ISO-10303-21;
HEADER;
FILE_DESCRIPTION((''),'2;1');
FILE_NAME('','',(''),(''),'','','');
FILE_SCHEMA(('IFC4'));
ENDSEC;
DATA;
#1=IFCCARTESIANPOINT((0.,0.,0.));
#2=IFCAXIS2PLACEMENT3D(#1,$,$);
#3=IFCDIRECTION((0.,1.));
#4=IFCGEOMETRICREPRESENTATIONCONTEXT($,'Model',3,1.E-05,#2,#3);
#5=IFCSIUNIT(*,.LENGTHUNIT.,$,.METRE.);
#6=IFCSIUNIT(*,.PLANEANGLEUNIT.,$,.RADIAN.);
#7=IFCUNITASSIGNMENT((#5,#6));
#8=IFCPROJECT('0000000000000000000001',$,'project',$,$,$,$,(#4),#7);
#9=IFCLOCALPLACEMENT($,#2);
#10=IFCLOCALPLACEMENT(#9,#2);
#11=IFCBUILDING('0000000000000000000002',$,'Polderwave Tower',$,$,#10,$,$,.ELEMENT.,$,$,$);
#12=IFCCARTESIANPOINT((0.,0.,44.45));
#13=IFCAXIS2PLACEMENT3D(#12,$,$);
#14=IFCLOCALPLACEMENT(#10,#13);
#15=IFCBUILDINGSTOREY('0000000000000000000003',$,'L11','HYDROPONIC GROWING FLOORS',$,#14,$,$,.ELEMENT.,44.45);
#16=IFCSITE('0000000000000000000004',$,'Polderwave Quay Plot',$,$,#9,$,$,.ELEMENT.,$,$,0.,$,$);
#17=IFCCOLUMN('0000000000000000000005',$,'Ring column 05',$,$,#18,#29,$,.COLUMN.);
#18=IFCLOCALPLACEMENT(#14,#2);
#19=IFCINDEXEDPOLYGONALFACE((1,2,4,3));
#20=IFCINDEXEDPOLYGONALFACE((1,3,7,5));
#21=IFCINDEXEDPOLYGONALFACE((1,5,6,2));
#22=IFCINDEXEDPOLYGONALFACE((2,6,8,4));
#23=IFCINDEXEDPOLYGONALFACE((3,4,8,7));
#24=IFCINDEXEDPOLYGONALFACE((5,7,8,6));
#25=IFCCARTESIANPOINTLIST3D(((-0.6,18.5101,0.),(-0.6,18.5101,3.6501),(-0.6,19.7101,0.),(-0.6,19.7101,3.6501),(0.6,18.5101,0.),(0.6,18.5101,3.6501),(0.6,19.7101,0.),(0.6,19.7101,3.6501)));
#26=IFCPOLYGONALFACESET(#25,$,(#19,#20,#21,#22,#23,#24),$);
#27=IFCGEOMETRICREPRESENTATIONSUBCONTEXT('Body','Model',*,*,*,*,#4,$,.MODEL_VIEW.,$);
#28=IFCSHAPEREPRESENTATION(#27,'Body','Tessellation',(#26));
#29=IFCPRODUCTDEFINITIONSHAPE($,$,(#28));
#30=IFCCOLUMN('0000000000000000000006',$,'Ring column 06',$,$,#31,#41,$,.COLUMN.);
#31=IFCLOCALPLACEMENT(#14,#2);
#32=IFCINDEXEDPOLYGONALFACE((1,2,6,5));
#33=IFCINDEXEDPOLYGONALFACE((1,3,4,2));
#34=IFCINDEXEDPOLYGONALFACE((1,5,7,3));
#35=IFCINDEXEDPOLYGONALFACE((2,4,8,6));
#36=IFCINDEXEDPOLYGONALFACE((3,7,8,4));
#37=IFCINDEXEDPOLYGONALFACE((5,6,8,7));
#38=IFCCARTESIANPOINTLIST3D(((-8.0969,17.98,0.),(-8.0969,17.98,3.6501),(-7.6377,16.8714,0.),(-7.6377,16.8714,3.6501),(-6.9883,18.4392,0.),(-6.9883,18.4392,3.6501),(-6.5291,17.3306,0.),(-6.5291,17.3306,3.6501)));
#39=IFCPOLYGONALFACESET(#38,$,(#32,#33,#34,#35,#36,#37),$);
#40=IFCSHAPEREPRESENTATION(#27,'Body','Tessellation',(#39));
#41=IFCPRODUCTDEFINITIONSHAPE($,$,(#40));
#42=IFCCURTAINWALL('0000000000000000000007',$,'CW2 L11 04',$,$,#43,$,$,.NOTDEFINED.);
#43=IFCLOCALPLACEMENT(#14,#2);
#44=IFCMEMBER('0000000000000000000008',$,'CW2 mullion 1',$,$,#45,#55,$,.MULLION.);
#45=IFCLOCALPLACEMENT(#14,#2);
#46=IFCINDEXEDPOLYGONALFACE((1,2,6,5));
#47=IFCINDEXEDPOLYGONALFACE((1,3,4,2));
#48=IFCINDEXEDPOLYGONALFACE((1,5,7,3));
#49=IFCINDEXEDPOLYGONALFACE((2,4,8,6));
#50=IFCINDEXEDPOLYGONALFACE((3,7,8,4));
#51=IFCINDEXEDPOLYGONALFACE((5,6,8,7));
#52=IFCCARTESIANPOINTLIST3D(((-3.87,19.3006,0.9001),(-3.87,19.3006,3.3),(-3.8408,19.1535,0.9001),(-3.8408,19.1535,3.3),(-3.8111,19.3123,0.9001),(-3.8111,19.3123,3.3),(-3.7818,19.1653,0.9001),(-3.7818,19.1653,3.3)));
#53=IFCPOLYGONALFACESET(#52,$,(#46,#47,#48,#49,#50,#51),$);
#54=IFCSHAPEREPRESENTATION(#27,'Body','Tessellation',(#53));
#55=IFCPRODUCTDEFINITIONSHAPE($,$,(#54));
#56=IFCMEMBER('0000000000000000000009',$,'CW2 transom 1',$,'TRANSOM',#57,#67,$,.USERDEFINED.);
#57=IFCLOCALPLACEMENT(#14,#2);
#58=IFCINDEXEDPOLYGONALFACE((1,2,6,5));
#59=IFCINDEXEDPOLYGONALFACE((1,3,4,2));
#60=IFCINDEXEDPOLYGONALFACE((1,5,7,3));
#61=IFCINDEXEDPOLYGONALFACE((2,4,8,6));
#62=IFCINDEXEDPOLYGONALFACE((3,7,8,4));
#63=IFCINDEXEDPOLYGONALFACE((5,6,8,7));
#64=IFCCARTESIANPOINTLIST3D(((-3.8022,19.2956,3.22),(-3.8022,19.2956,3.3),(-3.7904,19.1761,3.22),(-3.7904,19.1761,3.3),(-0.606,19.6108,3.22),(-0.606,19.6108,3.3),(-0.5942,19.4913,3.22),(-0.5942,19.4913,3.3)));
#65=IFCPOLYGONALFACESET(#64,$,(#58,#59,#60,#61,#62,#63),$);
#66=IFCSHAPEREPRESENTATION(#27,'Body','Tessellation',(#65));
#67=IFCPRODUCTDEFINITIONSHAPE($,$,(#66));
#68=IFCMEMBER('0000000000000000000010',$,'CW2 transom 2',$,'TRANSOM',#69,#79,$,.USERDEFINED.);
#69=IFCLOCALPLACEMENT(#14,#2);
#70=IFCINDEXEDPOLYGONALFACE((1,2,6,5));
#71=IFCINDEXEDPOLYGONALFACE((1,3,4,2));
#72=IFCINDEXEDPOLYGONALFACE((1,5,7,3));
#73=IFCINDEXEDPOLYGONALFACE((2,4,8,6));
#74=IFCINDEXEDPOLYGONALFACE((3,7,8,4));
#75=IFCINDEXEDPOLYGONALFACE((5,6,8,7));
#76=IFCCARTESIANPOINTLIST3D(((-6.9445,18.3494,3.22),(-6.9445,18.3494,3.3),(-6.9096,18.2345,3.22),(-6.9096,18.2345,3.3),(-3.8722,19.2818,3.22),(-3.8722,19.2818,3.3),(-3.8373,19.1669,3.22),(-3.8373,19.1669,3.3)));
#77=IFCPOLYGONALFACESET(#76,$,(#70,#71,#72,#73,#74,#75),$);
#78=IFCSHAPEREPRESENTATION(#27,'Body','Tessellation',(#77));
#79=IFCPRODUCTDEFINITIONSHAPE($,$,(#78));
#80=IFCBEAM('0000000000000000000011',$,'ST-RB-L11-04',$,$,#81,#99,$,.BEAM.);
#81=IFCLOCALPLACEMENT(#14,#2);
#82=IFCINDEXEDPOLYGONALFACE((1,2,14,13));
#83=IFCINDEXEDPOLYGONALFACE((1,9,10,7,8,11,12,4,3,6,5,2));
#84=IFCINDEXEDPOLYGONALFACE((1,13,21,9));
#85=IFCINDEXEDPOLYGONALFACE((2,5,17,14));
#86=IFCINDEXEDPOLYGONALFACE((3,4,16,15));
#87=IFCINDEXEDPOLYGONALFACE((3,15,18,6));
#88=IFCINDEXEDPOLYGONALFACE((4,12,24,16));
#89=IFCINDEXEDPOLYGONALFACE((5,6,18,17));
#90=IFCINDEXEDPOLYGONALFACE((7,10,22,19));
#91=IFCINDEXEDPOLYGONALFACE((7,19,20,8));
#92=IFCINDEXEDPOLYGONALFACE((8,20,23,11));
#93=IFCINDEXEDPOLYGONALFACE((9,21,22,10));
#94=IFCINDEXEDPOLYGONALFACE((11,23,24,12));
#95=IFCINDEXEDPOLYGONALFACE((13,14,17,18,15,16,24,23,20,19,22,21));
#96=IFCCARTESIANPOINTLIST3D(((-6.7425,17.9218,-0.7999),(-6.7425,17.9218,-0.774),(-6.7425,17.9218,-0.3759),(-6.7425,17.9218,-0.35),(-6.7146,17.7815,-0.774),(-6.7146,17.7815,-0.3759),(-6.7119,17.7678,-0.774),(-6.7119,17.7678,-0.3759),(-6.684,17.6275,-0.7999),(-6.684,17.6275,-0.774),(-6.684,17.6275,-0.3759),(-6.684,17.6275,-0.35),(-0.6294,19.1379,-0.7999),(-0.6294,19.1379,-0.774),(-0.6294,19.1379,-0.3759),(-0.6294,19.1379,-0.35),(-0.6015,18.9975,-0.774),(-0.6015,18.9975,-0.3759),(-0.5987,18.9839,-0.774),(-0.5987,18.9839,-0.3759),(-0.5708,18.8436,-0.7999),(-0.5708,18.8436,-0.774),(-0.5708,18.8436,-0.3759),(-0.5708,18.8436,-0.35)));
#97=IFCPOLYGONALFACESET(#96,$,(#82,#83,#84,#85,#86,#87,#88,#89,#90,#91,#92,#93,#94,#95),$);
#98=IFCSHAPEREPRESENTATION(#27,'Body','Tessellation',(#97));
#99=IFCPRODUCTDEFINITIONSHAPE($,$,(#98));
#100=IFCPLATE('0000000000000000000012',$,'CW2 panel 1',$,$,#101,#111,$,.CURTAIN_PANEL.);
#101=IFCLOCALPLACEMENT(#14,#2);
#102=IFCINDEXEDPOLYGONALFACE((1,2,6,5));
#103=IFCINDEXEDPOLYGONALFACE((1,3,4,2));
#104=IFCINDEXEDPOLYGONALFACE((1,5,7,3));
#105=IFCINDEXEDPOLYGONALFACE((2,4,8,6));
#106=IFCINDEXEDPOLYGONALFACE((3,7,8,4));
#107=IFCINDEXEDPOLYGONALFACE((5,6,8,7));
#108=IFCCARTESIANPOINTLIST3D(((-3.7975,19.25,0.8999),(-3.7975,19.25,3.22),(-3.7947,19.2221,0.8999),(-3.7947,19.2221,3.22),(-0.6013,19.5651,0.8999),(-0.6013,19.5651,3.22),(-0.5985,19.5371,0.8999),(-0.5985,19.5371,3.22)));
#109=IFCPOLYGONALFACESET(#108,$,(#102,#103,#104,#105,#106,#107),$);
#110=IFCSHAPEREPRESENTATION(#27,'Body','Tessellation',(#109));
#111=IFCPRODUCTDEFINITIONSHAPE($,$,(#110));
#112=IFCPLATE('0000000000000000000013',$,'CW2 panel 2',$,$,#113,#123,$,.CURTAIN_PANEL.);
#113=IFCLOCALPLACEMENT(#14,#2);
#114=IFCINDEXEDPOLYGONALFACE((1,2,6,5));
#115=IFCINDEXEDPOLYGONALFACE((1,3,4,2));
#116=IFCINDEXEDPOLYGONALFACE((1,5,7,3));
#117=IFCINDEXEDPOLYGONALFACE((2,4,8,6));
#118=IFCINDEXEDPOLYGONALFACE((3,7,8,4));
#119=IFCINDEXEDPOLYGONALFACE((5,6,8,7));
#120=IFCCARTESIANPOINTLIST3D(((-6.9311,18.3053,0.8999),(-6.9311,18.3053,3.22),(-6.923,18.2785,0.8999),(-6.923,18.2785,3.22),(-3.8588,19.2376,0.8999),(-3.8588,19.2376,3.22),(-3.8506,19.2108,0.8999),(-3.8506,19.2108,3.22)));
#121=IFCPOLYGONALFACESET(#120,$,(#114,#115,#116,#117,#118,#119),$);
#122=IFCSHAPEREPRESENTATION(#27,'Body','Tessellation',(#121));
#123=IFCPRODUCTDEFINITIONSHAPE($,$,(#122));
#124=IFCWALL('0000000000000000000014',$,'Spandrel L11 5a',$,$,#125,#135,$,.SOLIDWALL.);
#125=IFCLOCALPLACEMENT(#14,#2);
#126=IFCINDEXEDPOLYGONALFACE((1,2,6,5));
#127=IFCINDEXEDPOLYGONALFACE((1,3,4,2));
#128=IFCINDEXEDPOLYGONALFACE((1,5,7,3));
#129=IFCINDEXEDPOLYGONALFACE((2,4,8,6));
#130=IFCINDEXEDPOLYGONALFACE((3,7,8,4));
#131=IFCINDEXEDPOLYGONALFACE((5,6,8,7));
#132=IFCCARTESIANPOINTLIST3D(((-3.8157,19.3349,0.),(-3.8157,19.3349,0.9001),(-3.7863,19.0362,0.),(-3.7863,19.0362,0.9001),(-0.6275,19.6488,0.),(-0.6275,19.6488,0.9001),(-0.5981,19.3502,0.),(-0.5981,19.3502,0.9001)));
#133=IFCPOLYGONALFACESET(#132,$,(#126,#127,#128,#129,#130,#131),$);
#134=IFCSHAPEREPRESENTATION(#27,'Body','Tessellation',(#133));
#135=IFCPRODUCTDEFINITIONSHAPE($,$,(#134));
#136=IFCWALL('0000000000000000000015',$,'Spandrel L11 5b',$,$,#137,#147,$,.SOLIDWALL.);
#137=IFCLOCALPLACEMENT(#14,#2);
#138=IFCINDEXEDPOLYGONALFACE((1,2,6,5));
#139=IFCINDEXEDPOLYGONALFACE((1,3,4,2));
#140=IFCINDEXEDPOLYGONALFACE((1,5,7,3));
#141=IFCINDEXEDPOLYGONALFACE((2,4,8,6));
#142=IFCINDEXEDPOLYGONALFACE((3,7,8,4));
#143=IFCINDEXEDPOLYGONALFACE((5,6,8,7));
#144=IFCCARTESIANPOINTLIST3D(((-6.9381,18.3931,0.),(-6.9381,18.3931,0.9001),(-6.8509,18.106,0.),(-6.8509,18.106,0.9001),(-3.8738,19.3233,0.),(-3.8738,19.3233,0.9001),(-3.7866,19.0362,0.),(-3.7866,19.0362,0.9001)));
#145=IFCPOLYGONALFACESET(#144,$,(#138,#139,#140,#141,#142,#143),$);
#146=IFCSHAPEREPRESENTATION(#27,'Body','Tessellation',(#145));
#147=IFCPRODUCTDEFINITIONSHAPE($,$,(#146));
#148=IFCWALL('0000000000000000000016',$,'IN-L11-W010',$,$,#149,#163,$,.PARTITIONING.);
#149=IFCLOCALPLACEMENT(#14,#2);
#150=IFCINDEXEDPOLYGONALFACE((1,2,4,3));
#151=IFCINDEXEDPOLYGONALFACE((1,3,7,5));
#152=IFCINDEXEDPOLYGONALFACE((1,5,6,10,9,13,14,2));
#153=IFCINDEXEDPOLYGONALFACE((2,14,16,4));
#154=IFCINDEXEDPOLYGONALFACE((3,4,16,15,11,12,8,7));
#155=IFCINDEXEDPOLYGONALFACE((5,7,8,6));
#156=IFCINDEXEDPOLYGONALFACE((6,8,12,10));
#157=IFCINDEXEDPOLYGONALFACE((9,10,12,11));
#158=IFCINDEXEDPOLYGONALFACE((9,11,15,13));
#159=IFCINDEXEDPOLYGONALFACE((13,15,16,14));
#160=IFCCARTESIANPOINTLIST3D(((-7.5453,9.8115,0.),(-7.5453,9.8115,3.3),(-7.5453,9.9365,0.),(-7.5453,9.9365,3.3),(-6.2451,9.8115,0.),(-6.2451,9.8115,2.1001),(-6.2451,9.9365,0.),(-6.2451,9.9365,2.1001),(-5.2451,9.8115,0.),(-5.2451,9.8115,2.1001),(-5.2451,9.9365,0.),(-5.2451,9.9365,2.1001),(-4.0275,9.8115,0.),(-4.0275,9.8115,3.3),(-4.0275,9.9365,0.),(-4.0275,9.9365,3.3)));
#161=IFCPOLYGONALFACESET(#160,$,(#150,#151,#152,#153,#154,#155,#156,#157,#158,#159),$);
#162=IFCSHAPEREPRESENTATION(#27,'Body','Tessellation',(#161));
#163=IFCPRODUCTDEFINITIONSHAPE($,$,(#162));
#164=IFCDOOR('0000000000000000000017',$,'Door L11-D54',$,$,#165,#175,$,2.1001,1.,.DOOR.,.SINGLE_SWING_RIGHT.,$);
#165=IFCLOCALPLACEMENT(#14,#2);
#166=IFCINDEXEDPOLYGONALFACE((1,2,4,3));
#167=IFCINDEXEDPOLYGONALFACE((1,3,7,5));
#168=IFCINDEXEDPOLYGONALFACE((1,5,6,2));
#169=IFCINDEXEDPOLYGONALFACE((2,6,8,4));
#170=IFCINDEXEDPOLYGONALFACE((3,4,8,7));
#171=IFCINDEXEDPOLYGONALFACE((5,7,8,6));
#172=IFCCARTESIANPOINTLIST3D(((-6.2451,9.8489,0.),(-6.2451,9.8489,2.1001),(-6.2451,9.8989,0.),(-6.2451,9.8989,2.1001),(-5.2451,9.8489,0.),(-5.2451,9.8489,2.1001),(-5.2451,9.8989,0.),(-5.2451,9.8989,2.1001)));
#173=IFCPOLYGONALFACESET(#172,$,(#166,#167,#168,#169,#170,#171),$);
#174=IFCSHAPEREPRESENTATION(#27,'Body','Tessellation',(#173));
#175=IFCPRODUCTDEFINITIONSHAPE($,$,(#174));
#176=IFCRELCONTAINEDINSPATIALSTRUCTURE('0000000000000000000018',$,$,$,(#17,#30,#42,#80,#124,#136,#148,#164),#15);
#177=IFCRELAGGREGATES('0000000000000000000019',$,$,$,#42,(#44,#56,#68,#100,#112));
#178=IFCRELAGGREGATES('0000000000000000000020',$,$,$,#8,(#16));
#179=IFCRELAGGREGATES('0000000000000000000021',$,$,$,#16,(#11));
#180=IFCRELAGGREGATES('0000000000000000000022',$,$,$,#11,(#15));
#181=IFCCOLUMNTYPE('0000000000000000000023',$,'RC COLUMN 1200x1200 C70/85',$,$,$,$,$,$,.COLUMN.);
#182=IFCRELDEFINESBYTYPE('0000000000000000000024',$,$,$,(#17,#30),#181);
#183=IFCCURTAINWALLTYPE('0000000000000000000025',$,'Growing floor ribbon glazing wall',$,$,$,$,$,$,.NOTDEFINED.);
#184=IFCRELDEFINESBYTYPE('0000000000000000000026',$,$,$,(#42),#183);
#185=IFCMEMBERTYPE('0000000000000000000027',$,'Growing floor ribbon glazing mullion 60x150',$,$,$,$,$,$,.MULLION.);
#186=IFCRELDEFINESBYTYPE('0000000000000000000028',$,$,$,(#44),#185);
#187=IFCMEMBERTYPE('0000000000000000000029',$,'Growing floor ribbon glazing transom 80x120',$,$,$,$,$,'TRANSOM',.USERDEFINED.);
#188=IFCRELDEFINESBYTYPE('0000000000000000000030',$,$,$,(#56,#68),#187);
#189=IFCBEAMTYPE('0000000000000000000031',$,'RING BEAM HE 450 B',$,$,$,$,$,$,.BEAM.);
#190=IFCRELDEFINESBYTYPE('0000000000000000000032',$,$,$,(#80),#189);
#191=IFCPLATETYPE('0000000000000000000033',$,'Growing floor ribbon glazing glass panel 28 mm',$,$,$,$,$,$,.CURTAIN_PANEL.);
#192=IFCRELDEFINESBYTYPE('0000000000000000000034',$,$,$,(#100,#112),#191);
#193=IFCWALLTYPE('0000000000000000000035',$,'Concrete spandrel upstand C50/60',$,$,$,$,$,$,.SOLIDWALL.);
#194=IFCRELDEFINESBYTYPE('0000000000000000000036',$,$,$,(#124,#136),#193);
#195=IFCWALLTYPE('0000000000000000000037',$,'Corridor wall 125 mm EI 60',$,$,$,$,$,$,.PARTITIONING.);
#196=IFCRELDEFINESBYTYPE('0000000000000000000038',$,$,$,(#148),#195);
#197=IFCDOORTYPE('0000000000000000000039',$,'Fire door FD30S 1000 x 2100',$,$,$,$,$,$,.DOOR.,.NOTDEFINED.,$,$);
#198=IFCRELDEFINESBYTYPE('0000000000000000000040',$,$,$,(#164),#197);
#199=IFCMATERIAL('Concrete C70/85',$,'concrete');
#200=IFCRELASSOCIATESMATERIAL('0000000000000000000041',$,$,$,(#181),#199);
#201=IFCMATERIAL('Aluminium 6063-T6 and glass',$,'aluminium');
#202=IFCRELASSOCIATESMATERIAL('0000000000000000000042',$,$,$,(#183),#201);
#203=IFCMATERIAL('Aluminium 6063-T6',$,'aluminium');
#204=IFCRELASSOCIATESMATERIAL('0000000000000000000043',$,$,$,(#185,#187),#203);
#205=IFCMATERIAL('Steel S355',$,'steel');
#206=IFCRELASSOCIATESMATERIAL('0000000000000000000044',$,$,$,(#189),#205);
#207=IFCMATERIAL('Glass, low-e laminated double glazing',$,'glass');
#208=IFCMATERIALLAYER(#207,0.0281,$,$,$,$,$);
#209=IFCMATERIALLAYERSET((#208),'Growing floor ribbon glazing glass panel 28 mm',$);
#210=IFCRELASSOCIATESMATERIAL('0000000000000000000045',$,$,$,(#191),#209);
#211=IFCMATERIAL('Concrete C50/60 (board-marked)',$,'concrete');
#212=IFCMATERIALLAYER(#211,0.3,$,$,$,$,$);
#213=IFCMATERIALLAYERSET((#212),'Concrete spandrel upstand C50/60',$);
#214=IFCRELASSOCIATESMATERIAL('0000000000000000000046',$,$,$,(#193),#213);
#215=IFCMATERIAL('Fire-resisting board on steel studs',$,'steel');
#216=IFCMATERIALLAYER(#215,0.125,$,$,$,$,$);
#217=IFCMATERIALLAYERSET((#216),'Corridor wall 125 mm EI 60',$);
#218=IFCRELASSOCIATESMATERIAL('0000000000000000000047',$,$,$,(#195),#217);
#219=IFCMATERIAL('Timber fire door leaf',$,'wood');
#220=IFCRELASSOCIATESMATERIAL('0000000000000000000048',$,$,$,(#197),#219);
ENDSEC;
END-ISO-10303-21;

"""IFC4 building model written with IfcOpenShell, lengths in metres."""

from ifc_helpers import new_model, si_unit, direction, frame, frame_2d, origin, origin_2d, place, context, subcontext, project, spatial, rectangle, i_section, extrude, material, layer, layer_set, material_profile, profile_set, type_object, element, fill, aggregate, save


model = new_model("IFC4")

# Units and contexts
model_context = context("Model", 3, precision=1e-05, world=origin(), true_north=direction((0.0, 1.0)))
body_context = subcontext(model_context, "Body", "Model", "MODEL_VIEW")
ifc_project = project(units=[si_unit("LENGTHUNIT", "METRE"), si_unit("PLANEANGLEUNIT", "RADIAN")], contexts=[model_context])

# Site, building, storey
site_placement = place(None, origin())
site = spatial("IfcSite", under=ifc_project, at=site_placement, Name="Polderwave Quay Plot", CompositionType="ELEMENT", RefElevation=0.0)
building_placement = place(site_placement, origin())
building = spatial("IfcBuilding", under=site, at=building_placement, Name="Polderwave Tower", CompositionType="ELEMENT")
storey_placement = place(building_placement, frame((0.0, 0.0, 44.45)))
storey = spatial("IfcBuildingStorey", under=building, at=storey_placement, Name="L11", Description="HYDROPONIC GROWING FLOORS", CompositionType="ELEMENT", Elevation=44.45)

# Columns
ifc_material_1 = material(Name="Concrete C70/85", Category="concrete")
ifc_material_profile_1 = material_profile(ifc_material_1, rectangle(XDim=1.2, YDim=1.2, at=origin_2d()), Name="RC 1200x1200")
ifc_profile_set_1 = profile_set([ifc_material_profile_1], Name="Concrete C70/85")
column_type = type_object("IfcColumnType", Name="RC COLUMN 1200x1200 C70/85", PredefinedType="COLUMN", material=ifc_profile_set_1)
for number, where, z_axis, x_axis, name in (
    (1, (0.0, 19.1101, 0.0), (0.0, 0.0, 1.0), (0.0, 1.0, 0.0), "Ring column 05"),
    (2, (-7.313, 17.6553, 0.0), (0.0, 0.0, 1.0), (-0.382683, 0.92388, 0.0), "Ring column 06"),
):
    element("IfcColumn", number, at=place(storey_placement, frame(where, z_axis=z_axis, x_axis=x_axis)), inside=storey, type_object=column_type, Name=name, PredefinedType="COLUMN", context=body_context, shape_type="SweptSolid", body=[
        extrude(rectangle(XDim=1.2, YDim=1.2, at=origin_2d()), origin(), (0.0, 0.0, 1.0), 3.6501),
    ])

# Curtain wall, members
ifc_material_2 = material(Name="Aluminium 6063-T6 and glass", Category="aluminium")
curtain_wall_type = type_object("IfcCurtainWallType", Name="Growing floor ribbon glazing wall", PredefinedType="NOTDEFINED", material=ifc_material_2)
curtain_wall_placement = place(storey_placement, origin())
curtain_wall = element("IfcCurtainWall", 3, at=curtain_wall_placement, inside=storey, type_object=curtain_wall_type, Name="CW2 L11 04", PredefinedType="NOTDEFINED")
ifc_material_3 = material(Name="Aluminium 6063-T6", Category="aluminium")
ifc_material_profile_2 = material_profile(ifc_material_3, rectangle(XDim=0.1499, YDim=0.0601, at=origin_2d()), Name="AL 60x150")
ifc_profile_set_2 = profile_set([ifc_material_profile_2], Name="Aluminium 6063-T6")
member_type_1 = type_object("IfcMemberType", Name="Growing floor ribbon glazing mullion 60x150", PredefinedType="MULLION", material=ifc_profile_set_2)
member_1_placement = place(storey_placement, frame((-3.8259, 19.2329, 0.9001), z_axis=(0.0, 0.0, 1.0), x_axis=(0.195178, -0.980768, 0.0)))
member_1 = element("IfcMember", 4, at=member_1_placement, type_object=member_type_1, Name="CW2 mullion 1", PredefinedType="MULLION", context=body_context, shape_type="SweptSolid", body=[
    extrude(rectangle(XDim=0.1499, YDim=0.0601, at=origin_2d()), origin(), (0.0, 0.0, 1.0), 2.3999),
])
ifc_material_profile_3 = material_profile(ifc_material_3, rectangle(XDim=0.1201, YDim=0.0801, at=origin_2d()), Name="AL 80x120")
ifc_profile_set_3 = profile_set([ifc_material_profile_3], Name="Aluminium 6063-T6")
member_type_2 = type_object("IfcMemberType", Name="Growing floor ribbon glazing transom 80x120", ElementType="TRANSOM", PredefinedType="USERDEFINED", material=ifc_profile_set_3)
member_2_placement = place(storey_placement, frame((-0.6001, 19.551, 3.26), z_axis=(-0.995172, -0.098141, 0.0), x_axis=(0.098141, -0.995172, 0.0)))
member_2 = element("IfcMember", 5, at=member_2_placement, type_object=member_type_2, Name="CW2 transom 1", ObjectType="TRANSOM", PredefinedType="USERDEFINED", context=body_context, shape_type="SweptSolid", body=[
    extrude(rectangle(XDim=0.1201, YDim=0.0801, at=origin_2d()), origin(), (0.0, 0.0, 1.0), 3.2117),
])
member_3_placement = place(storey_placement, frame((-3.8547, 19.2244, 3.26), z_axis=(-0.956905, -0.290402, 0.0), x_axis=(0.290402, -0.956905, 0.0)))
member_3 = element("IfcMember", 6, at=member_3_placement, type_object=member_type_2, Name="CW2 transom 2", ObjectType="TRANSOM", PredefinedType="USERDEFINED", context=body_context, shape_type="SweptSolid", body=[
    extrude(rectangle(XDim=0.1201, YDim=0.0801, at=origin_2d()), origin(), (0.0, 0.0, 1.0), 3.2107),
])

# Beam
ifc_material_4 = material(Name="Steel S355", Category="steel")
ifc_material_profile_4 = material_profile(ifc_material_4, i_section(OverallWidth=0.3, OverallDepth=0.45, WebThickness=0.0139, FlangeThickness=0.0259, at=origin_2d()), Name="HE 450 B")
ifc_profile_set_4 = profile_set([ifc_material_profile_4], Name="Steel S355")
beam_type = type_object("IfcBeamType", Name="RING BEAM HE 450 B", PredefinedType="BEAM", material=ifc_profile_set_4)
beam_placement = place(storey_placement, frame((-0.6001, 18.9907, -0.575), z_axis=(-0.980782, -0.195107, 0.0), x_axis=(0.195107, -0.980782, 0.0)))
element("IfcBeam", 7, at=beam_placement, inside=storey, type_object=beam_type, Name="ST-RB-L11-04", PredefinedType="BEAM", context=body_context, shape_type="SweptSolid", body=[
    extrude(i_section(OverallWidth=0.3, OverallDepth=0.45, WebThickness=0.0139, FlangeThickness=0.0259, at=origin_2d()), origin(), (0.0, 0.0, 1.0), 6.2329),
])

# Plates
ifc_material_5 = material(Name="Glass, low-e laminated double glazing", Category="glass")
ifc_layer_1 = layer(ifc_material_5, 0.0281)
ifc_layer_set_1 = layer_set([ifc_layer_1], Name="Growing floor ribbon glazing glass panel 28 mm")
plate_type = type_object("IfcPlateType", Name="Growing floor ribbon glazing glass panel 28 mm", PredefinedType="CURTAIN_PANEL", material=ifc_layer_set_1)
plate_1_placement = place(storey_placement, frame((-2.198, 19.3936, 0.8999), z_axis=(0.0, 0.0, 1.0), x_axis=(-0.995177, -0.098099, 0.0)))
plate_1 = element("IfcPlate", 8, at=plate_1_placement, type_object=plate_type, Name="CW2 panel 1", PredefinedType="CURTAIN_PANEL", context=body_context, shape_type="SweptSolid", body=[
    extrude(rectangle(XDim=3.2117, YDim=0.0281, at=origin_2d()), origin(), (0.0, 0.0, 1.0), 2.3201),
])
plate_2_placement = place(storey_placement, frame((-5.3909, 18.7581, 0.8999), z_axis=(0.0, 0.0, 1.0), x_axis=(-0.956913, -0.290375, 0.0)))
plate_2 = element("IfcPlate", 9, at=plate_2_placement, type_object=plate_type, Name="CW2 panel 2", PredefinedType="CURTAIN_PANEL", context=body_context, shape_type="SweptSolid", body=[
    extrude(rectangle(XDim=3.2107, YDim=0.0281, at=origin_2d()), origin(), (0.0, 0.0, 1.0), 2.3201),
])
aggregate(curtain_wall, [member_1, member_2, member_3, plate_1, plate_2])

# Walls
ifc_material_6 = material(Name="Concrete C50/60 (board-marked)", Category="concrete")
ifc_layer_2 = layer(ifc_material_6, 0.3)
ifc_layer_set_2 = layer_set([ifc_layer_2], Name="Concrete spandrel upstand C50/60")
wall_type_1 = type_object("IfcWallType", Name="Concrete spandrel upstand C50/60", PredefinedType="SOLIDWALL", material=ifc_layer_set_2)
wall_1_placement = place(storey_placement, frame((-0.6128, 19.4995, 0.0), z_axis=(0.0, 0.0, 1.0), x_axis=(-0.995186, -0.098002, 0.0)))
element("IfcWall", 10, at=wall_1_placement, inside=storey, type_object=wall_type_1, Name="Spandrel L11 5a", PredefinedType="SOLIDWALL", context=body_context, shape_type="SweptSolid", body=[
    extrude(rectangle(XDim=3.2036, YDim=0.3, at=frame_2d((1.6018, 0.0))), origin(), (0.0, 0.0, 1.0), 0.9001),
])
wall_2_placement = place(storey_placement, frame((-3.8303, 19.1797, 0.0), z_axis=(0.0, 0.0, 1.0), x_axis=(-0.956883, -0.290473, 0.0)))
element("IfcWall", 11, at=wall_2_placement, inside=storey, type_object=wall_type_1, Name="Spandrel L11 5b", PredefinedType="SOLIDWALL", context=body_context, shape_type="SweptSolid", body=[
    extrude(rectangle(XDim=3.2024, YDim=0.3, at=frame_2d((1.6011, 0.0))), origin(), (0.0, 0.0, 1.0), 0.9001),
])

# Wall, opening, door
ifc_material_7 = material(Name="Fire-resisting board on steel studs", Category="steel")
ifc_layer_3 = layer(ifc_material_7, 0.125)
ifc_layer_set_3 = layer_set([ifc_layer_3], Name="Corridor wall 125 mm EI 60")
wall_type_2 = type_object("IfcWallType", Name="Corridor wall 125 mm EI 60", PredefinedType="PARTITIONING", material=ifc_layer_set_3)
wall_3_placement = place(storey_placement, frame((-7.5452, 9.874, 0.0), z_axis=(0.0, 0.0, 1.0), x_axis=(1.0, 0.0, 0.0)))
wall_3 = element("IfcWall", 12, at=wall_3_placement, inside=storey, type_object=wall_type_2, Name="IN-L11-W010", PredefinedType="PARTITIONING", context=body_context, shape_type="SweptSolid", body=[
    extrude(rectangle(XDim=3.5178, YDim=0.125, at=frame_2d((1.7588, 0.0))), origin(), (0.0, 0.0, 1.0), 3.3),
])
opening_1_placement = place(wall_3_placement, frame((1.3, 0.0, 0.0)))
opening_1 = element("IfcOpeningElement", 13, at=opening_1_placement, cuts=wall_3, PredefinedType="OPENING", context=body_context, shape_type="SweptSolid", body=[
    extrude(rectangle(XDim=1.0, YDim=2.1001, at=frame_2d((0.5, 1.05))), frame((0.0, 0.0725, 0.0), z_axis=(0.0, -1.0, 0.0), x_axis=(1.0, 0.0, 0.0)), (0.0, 0.0, 1.0), 0.145),
])
ifc_material_8 = material(Name="Timber fire door leaf", Category="wood")
door_type = type_object("IfcDoorType", Name="Fire door FD30S 1000 x 2100", OperationType="NOTDEFINED", PredefinedType="DOOR", material=ifc_material_8)
door_1_placement = place(opening_1_placement, origin())
door_1 = element("IfcDoor", 14, at=door_1_placement, inside=storey, type_object=door_type, Name="Door L11-D54", OperationType="SINGLE_SWING_RIGHT", OverallHeight=2.1001, OverallWidth=1.0, PredefinedType="DOOR", context=body_context, shape_type="SweptSolid", body=[
    extrude(rectangle(XDim=1.0, YDim=2.1001, at=frame_2d((0.5, 1.05))), frame((0.0, 0.0249, 0.0), z_axis=(0.0, -1.0, 0.0), x_axis=(1.0, 0.0, 0.0)), (0.0, 0.0, 1.0), 0.05),
])
fill(opening_1, door_1)

save(model, "model.ifc")
